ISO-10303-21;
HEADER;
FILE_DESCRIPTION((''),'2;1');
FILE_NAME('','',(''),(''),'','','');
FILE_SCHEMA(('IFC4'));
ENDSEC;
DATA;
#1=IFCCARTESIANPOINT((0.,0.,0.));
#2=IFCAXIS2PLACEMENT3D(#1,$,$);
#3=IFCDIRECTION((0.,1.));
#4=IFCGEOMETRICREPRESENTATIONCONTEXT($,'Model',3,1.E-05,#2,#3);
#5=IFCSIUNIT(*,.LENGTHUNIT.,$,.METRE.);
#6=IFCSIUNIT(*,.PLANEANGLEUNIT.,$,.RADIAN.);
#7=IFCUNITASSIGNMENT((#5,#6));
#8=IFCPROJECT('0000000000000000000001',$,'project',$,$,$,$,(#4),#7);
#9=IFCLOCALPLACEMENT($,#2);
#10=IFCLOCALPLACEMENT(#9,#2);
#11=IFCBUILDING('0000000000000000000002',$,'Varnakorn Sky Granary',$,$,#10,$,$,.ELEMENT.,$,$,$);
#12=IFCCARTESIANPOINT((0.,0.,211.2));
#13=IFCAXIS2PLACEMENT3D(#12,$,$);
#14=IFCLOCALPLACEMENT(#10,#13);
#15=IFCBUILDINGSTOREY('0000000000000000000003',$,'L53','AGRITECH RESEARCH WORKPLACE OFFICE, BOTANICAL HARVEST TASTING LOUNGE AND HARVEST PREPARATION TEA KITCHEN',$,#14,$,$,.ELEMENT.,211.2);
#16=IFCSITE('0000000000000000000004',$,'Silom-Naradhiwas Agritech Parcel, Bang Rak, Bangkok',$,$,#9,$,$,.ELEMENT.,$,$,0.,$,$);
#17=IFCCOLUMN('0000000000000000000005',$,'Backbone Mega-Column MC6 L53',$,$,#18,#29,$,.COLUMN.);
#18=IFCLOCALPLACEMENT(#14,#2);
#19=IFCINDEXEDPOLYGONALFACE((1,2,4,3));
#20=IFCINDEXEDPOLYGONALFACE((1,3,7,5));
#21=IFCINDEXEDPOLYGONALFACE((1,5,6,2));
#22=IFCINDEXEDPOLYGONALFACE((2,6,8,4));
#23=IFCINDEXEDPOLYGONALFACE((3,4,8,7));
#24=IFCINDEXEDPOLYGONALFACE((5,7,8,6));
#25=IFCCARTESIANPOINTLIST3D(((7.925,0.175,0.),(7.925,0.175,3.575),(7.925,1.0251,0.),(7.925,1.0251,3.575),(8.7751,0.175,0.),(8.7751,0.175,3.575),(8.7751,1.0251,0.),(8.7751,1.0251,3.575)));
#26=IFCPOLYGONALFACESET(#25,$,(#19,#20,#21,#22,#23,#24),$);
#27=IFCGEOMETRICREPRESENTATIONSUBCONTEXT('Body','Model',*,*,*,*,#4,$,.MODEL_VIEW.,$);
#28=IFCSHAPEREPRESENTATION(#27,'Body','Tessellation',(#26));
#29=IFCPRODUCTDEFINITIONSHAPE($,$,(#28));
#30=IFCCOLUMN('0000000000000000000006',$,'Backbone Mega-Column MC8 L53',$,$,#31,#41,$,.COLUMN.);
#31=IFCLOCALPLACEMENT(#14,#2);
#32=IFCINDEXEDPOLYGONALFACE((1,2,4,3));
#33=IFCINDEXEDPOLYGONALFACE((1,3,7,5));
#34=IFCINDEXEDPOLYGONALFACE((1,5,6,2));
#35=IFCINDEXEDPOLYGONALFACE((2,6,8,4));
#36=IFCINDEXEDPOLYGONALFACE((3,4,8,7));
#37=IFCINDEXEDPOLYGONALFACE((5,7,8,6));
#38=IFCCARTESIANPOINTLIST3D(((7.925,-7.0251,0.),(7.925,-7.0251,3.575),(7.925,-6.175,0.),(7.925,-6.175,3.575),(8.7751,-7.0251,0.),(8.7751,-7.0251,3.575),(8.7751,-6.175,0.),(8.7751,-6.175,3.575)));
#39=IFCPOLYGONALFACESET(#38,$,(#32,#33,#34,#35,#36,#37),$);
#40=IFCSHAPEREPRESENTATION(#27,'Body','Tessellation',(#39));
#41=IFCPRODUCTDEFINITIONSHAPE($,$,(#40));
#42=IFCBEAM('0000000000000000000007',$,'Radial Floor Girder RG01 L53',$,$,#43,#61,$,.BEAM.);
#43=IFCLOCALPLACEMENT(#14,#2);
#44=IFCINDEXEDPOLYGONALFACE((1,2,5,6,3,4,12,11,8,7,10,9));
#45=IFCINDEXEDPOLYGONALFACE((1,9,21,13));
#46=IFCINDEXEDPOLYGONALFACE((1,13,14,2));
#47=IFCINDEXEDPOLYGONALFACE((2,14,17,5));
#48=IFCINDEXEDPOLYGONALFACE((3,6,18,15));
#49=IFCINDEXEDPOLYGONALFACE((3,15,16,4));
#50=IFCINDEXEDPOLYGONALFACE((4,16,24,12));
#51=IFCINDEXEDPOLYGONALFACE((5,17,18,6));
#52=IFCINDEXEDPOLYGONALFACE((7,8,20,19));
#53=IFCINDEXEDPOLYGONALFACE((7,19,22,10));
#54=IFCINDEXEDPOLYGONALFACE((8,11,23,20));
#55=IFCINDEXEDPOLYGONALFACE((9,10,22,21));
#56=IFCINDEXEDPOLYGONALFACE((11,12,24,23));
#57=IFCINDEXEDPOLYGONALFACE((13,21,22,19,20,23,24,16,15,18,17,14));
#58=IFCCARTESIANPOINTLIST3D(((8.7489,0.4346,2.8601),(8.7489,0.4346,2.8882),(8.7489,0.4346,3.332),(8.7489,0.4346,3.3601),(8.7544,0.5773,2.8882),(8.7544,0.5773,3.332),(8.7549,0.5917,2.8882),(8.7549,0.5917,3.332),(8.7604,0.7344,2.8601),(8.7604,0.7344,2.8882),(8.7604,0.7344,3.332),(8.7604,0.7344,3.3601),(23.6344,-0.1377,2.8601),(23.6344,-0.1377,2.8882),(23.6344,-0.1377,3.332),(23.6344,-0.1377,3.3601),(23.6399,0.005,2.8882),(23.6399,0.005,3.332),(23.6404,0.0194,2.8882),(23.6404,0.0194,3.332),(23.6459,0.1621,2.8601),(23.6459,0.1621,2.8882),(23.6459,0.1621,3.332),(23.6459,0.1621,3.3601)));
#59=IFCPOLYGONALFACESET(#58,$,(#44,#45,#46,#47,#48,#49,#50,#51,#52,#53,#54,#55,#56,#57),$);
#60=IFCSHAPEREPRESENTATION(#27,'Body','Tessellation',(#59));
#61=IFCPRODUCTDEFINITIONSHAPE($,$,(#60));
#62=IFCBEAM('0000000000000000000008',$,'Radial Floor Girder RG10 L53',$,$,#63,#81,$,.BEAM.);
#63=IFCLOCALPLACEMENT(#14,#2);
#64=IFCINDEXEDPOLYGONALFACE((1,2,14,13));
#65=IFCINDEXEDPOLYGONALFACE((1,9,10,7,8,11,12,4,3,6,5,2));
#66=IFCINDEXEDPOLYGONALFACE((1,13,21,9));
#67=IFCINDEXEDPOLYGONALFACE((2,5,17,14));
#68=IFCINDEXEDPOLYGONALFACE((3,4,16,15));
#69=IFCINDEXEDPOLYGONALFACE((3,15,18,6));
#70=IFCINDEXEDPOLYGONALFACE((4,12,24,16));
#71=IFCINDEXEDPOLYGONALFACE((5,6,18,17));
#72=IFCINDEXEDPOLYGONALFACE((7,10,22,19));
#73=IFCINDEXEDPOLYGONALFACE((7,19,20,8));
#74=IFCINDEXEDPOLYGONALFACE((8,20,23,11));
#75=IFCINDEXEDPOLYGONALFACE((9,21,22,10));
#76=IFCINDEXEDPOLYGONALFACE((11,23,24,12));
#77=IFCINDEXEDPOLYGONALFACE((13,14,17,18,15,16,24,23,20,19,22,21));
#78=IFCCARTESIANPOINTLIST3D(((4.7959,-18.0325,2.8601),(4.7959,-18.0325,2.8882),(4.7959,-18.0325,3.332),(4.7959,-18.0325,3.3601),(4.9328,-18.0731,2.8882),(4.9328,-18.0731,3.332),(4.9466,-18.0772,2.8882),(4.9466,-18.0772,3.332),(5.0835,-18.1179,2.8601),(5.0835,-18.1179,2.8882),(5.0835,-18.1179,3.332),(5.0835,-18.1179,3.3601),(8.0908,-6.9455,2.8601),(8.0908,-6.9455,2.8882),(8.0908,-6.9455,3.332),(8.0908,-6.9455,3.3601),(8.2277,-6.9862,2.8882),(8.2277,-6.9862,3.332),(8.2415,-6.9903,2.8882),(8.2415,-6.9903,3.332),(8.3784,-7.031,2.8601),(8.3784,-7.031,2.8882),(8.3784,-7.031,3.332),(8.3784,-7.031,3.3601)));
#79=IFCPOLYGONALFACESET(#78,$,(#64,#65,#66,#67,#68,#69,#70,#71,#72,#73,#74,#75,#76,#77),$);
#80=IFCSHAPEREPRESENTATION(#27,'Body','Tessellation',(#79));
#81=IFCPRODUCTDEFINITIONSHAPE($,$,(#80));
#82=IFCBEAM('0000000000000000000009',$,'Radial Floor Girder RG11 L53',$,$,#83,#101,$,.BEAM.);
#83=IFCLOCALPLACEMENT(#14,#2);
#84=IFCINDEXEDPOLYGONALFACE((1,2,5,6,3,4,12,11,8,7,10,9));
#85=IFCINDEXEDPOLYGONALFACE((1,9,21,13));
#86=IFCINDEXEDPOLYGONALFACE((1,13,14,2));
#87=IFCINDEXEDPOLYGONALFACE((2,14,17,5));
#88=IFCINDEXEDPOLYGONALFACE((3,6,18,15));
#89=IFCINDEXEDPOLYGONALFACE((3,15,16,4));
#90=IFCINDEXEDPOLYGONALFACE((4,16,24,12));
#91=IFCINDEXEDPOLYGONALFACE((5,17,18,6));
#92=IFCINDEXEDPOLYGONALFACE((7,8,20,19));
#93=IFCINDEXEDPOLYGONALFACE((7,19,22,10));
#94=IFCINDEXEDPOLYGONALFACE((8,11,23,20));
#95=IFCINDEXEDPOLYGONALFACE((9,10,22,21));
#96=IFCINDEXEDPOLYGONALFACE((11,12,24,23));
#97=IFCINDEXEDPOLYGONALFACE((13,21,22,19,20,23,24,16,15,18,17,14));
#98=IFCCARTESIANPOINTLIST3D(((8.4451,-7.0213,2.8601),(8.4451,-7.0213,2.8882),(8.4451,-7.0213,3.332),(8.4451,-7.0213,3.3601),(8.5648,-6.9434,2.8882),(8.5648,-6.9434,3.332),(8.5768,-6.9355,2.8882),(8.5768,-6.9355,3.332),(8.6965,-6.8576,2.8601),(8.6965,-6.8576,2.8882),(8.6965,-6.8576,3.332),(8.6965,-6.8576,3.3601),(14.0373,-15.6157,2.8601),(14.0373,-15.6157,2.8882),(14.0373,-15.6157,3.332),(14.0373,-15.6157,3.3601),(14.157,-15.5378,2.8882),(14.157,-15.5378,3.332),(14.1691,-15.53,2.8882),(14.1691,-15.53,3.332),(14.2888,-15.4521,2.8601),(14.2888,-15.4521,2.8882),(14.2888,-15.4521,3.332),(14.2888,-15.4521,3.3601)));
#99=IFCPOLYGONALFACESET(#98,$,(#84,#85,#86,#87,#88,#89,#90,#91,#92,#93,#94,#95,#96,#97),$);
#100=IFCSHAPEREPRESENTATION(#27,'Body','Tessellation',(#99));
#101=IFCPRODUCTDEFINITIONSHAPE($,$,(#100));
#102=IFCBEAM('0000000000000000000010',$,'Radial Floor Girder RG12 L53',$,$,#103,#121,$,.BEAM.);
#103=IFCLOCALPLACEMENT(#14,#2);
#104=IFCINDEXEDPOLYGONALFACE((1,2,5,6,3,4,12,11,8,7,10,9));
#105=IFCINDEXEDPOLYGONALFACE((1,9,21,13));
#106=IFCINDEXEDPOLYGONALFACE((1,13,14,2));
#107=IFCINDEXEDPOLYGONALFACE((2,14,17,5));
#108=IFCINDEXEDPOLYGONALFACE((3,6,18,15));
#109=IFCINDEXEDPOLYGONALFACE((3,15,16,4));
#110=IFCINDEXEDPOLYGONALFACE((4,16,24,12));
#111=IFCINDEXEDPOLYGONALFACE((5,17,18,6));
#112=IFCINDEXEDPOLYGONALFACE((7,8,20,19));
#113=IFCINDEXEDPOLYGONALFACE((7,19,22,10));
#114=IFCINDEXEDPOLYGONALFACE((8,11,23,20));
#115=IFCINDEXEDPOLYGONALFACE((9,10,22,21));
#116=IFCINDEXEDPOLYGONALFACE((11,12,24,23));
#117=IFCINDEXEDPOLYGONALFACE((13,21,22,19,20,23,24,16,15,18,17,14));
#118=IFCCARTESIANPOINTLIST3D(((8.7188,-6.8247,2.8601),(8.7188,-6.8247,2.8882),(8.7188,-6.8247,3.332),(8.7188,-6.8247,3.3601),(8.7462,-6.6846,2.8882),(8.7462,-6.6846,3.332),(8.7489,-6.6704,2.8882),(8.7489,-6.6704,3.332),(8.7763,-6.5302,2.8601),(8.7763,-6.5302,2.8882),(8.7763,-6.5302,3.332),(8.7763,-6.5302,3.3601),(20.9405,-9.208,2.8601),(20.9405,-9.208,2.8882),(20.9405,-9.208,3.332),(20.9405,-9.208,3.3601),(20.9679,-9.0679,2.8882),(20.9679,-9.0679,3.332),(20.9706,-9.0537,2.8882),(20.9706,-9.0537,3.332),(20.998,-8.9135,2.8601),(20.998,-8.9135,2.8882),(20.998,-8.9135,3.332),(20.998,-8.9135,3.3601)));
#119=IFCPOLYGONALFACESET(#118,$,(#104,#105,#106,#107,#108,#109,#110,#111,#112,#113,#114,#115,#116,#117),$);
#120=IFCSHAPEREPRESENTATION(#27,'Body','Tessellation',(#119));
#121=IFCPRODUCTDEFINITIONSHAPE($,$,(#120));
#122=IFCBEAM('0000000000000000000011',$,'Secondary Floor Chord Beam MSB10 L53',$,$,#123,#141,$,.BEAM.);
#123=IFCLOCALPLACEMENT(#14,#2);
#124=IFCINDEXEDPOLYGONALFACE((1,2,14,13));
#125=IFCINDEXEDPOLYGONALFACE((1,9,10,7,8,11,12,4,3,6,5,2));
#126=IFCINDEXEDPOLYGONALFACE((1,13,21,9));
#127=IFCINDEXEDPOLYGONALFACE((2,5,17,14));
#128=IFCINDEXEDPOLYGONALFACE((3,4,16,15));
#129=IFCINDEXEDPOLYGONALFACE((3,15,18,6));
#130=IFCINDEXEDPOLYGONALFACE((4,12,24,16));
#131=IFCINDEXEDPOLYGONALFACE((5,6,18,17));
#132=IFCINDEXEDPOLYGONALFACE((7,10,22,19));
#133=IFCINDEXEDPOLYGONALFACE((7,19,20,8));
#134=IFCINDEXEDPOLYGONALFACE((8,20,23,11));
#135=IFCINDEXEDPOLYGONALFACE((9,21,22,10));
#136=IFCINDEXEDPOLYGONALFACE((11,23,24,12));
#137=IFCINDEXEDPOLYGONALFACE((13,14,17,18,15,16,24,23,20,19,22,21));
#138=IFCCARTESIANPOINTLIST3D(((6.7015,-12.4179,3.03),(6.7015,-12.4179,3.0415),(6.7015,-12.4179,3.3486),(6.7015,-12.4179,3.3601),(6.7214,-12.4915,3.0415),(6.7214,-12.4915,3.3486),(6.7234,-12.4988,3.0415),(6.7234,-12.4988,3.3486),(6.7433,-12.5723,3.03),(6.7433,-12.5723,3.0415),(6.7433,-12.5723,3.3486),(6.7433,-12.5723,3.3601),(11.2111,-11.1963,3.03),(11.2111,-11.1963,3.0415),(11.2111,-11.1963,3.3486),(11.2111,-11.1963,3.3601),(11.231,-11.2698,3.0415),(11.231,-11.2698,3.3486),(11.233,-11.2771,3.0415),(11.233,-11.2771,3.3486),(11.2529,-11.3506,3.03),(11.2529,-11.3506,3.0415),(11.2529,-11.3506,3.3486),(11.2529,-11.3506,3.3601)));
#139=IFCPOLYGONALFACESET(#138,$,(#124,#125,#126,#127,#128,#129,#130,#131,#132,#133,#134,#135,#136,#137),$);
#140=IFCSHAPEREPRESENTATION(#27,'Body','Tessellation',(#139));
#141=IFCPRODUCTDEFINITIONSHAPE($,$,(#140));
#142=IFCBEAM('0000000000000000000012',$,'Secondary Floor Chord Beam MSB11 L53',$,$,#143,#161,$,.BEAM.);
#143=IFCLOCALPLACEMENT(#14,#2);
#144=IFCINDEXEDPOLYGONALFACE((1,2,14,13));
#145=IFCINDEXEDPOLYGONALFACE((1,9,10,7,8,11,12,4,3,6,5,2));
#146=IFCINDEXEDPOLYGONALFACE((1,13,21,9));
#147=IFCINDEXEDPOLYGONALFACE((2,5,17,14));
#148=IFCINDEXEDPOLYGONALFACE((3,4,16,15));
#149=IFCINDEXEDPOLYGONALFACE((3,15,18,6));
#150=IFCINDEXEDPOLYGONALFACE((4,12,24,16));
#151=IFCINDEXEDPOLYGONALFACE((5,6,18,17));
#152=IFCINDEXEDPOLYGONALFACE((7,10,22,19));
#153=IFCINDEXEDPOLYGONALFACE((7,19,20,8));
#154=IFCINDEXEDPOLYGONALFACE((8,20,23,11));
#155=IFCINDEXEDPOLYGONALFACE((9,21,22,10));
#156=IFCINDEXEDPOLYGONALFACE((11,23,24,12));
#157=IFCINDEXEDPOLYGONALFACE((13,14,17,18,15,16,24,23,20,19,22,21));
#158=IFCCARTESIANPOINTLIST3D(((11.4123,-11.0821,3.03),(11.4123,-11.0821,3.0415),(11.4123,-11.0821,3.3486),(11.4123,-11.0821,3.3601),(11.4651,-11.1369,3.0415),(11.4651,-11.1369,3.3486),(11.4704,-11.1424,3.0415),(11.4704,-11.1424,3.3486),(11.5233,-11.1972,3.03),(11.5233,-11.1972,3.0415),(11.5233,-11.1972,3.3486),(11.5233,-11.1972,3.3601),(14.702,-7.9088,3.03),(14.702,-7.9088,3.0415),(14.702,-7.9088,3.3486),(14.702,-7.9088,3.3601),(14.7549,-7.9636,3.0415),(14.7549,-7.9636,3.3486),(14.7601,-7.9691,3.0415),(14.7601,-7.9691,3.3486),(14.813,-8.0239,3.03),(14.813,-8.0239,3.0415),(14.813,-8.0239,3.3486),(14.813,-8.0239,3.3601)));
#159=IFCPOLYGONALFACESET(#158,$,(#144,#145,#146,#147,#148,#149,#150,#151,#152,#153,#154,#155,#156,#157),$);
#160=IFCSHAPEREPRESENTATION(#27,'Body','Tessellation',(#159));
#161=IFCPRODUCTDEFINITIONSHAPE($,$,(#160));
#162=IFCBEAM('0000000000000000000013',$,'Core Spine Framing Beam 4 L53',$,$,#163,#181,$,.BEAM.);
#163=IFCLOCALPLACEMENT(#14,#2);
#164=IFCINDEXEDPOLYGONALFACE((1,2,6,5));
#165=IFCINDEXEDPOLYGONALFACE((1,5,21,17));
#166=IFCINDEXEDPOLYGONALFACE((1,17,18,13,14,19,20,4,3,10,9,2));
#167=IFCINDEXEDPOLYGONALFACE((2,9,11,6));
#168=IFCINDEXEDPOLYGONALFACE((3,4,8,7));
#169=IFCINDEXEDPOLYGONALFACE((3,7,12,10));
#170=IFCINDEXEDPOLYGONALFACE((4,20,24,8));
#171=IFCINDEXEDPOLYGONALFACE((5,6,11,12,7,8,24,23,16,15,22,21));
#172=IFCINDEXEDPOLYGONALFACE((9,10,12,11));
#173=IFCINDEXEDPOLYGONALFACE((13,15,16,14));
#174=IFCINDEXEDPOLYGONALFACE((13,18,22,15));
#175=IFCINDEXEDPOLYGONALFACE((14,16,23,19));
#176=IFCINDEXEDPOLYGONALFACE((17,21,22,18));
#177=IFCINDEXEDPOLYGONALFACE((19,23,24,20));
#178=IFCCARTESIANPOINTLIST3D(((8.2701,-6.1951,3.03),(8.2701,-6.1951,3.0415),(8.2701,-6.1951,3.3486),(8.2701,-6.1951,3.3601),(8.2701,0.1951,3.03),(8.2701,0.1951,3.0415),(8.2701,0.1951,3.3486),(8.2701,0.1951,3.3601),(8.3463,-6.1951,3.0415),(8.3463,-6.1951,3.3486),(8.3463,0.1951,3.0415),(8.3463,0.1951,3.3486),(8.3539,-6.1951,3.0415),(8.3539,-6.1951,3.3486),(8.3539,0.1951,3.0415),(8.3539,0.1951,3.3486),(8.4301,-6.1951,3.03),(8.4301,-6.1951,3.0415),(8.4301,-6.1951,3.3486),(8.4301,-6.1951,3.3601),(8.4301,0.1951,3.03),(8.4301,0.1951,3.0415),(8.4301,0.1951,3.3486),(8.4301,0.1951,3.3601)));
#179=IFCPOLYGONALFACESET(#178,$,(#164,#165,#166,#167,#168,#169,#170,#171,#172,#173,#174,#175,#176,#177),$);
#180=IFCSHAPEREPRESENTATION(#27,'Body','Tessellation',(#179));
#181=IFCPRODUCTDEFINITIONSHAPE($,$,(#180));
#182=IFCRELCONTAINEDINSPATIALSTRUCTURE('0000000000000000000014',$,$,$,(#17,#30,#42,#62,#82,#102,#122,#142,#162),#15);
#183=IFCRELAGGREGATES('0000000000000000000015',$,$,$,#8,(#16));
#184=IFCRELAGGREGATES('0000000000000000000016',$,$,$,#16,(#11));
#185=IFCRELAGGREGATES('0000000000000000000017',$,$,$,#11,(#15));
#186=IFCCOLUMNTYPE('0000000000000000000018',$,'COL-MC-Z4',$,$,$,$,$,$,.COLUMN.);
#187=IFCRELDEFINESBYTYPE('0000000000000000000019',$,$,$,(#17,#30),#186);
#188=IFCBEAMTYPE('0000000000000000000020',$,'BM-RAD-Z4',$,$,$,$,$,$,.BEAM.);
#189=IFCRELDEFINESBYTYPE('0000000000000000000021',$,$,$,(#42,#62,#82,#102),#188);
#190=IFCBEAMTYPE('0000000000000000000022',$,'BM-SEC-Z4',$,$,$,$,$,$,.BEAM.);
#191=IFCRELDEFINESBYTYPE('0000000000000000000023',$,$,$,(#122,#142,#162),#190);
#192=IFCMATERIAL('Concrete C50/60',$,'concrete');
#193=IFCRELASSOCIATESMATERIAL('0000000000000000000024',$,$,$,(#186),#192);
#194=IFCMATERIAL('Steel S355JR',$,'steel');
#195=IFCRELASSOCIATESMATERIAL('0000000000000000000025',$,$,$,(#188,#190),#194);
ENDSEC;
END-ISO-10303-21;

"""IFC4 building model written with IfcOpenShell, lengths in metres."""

from ifc_helpers import new_model, si_unit, direction, frame, origin, origin_2d, place, context, subcontext, project, spatial, rectangle, i_section, extrude, material, material_profile, profile_set, type_object, element, save


model = new_model("IFC4")

# Units and contexts
model_context = context("Model", 3, precision=1e-05, world=origin(), true_north=direction((0.0, 1.0)))
body_context = subcontext(model_context, "Body", "Model", "MODEL_VIEW")
ifc_project = project(units=[si_unit("LENGTHUNIT", "METRE"), si_unit("PLANEANGLEUNIT", "RADIAN")], contexts=[model_context])

# Site, building, storey
site_placement = place(None, origin())
site = spatial("IfcSite", under=ifc_project, at=site_placement, Name="Silom-Naradhiwas Agritech Parcel, Bang Rak, Bangkok", CompositionType="ELEMENT", RefElevation=0.0)
building_placement = place(site_placement, origin())
building = spatial("IfcBuilding", under=site, at=building_placement, Name="Varnakorn Sky Granary", CompositionType="ELEMENT")
storey_placement = place(building_placement, frame((0.0, 0.0, 211.2)))
storey = spatial("IfcBuildingStorey", under=building, at=storey_placement, Name="L53", Description="AGRITECH RESEARCH WORKPLACE OFFICE, BOTANICAL HARVEST TASTING LOUNGE AND HARVEST PREPARATION TEA KITCHEN", CompositionType="ELEMENT", Elevation=211.2)

# Columns
ifc_material_1 = material(Name="Concrete C50/60", Category="concrete")
ifc_material_profile_1 = material_profile(ifc_material_1, rectangle(XDim=0.8501, YDim=0.8501, at=origin_2d()), Name="RC 850x850")
ifc_profile_set_1 = profile_set([ifc_material_profile_1], Name="Concrete C50/60")
column_type = type_object("IfcColumnType", Name="COL-MC-Z4", PredefinedType="COLUMN", material=ifc_profile_set_1)
for number, where, z_axis, x_axis, name in (
    (1, (8.3501, 0.6001, 0.0), (0.0, 0.0, 1.0), (1.0, 0.0, 0.0), "Backbone Mega-Column MC6 L53"),
    (2, (8.3501, -6.6001, 0.0), (0.0, 0.0, 1.0), (1.0, 0.0, 0.0), "Backbone Mega-Column MC8 L53"),
):
    element("IfcColumn", number, at=place(storey_placement, frame(where, z_axis=z_axis, x_axis=x_axis)), inside=storey, type_object=column_type, Name=name, PredefinedType="COLUMN", context=body_context, shape_type="SweptSolid", body=[
        extrude(rectangle(XDim=0.8501, YDim=0.8501, at=origin_2d()), origin(), (0.0, 0.0, 1.0), 3.575),
    ])

# Beams
ifc_material_2 = material(Name="Steel S355JR", Category="steel")
ifc_material_profile_2 = material_profile(ifc_material_2, i_section(OverallWidth=0.3, OverallDepth=0.5, WebThickness=0.0144, FlangeThickness=0.0281, at=origin_2d()), Name="HE 500 B")
ifc_profile_set_2 = profile_set([ifc_material_profile_2], Name="Steel S355JR")
beam_type_1 = type_object("IfcBeamType", Name="BM-RAD-Z4", PredefinedType="BEAM", material=ifc_profile_set_2)
beam_1_placement = place(storey_placement, frame((8.7546, 0.5845, 3.1101), z_axis=(0.999262, -0.038416, 0.0), x_axis=(0.038416, 0.999262, 0.0)))
element("IfcBeam", 3, at=beam_1_placement, inside=storey, type_object=beam_type_1, Name="Radial Floor Girder RG01 L53", PredefinedType="BEAM", context=body_context, shape_type="SweptSolid", body=[
    extrude(i_section(OverallWidth=0.3, OverallDepth=0.5, WebThickness=0.0144, FlangeThickness=0.0281, at=origin_2d()), origin(), (0.0, 0.0, 1.0), 14.8965),
])
beam_2_placement = place(storey_placement, frame((8.2346, -6.9883, 3.1101), z_axis=(-0.284876, -0.958564, 0.0), x_axis=(0.958564, -0.284876, 0.0)))
element("IfcBeam", 4, at=beam_2_placement, inside=storey, type_object=beam_type_1, Name="Radial Floor Girder RG10 L53", PredefinedType="BEAM", context=body_context, shape_type="SweptSolid", body=[
    extrude(i_section(OverallWidth=0.3, OverallDepth=0.5, WebThickness=0.0144, FlangeThickness=0.0281, at=origin_2d()), origin(), (0.0, 0.0, 1.0), 11.5662),
])
beam_3_placement = place(storey_placement, frame((8.5708, -6.9395, 3.1101), z_axis=(0.545391, -0.838182, 0.0), x_axis=(0.838182, 0.545391, 0.0)))
element("IfcBeam", 5, at=beam_3_placement, inside=storey, type_object=beam_type_1, Name="Radial Floor Girder RG11 L53", PredefinedType="BEAM", context=body_context, shape_type="SweptSolid", body=[
    extrude(i_section(OverallWidth=0.3, OverallDepth=0.5, WebThickness=0.0144, FlangeThickness=0.0281, at=origin_2d()), origin(), (0.0, 0.0, 1.0), 10.2537),
])
beam_4_placement = place(storey_placement, frame((8.7476, -6.6775, 3.1101), z_axis=(0.981512, -0.191401, 0.0), x_axis=(0.191401, 0.981512, 0.0)))
element("IfcBeam", 6, at=beam_4_placement, inside=storey, type_object=beam_type_1, Name="Radial Floor Girder RG12 L53", PredefinedType="BEAM", context=body_context, shape_type="SweptSolid", body=[
    extrude(i_section(OverallWidth=0.3, OverallDepth=0.5, WebThickness=0.0144, FlangeThickness=0.0281, at=origin_2d()), origin(), (0.0, 0.0, 1.0), 12.4519),
])
ifc_material_profile_3 = material_profile(ifc_material_2, i_section(OverallWidth=0.1599, OverallDepth=0.3301, WebThickness=0.0076, FlangeThickness=0.0115, at=origin_2d()), Name="IPE 330")
ifc_profile_set_3 = profile_set([ifc_material_profile_3], Name="Steel S355JR")
beam_type_2 = type_object("IfcBeamType", Name="BM-SEC-Z4", PredefinedType="BEAM", material=ifc_profile_set_3)
beam_5_placement = place(storey_placement, frame((6.7224, -12.4951, 3.1951), z_axis=(0.965207, 0.261485, 0.0), x_axis=(-0.261485, 0.965207, 0.0)))
element("IfcBeam", 7, at=beam_5_placement, inside=storey, type_object=beam_type_2, Name="Secondary Floor Chord Beam MSB10 L53", PredefinedType="BEAM", context=body_context, shape_type="SweptSolid", body=[
    extrude(i_section(OverallWidth=0.1599, OverallDepth=0.3301, WebThickness=0.0076, FlangeThickness=0.0115, at=origin_2d()), origin(), (0.0, 0.0, 1.0), 4.6721),
])
beam_6_placement = place(storey_placement, frame((11.4678, -11.1396, 3.1951), z_axis=(0.719731, 0.694253, 0.0), x_axis=(-0.694253, 0.719731, 0.0)))
element("IfcBeam", 8, at=beam_6_placement, inside=storey, type_object=beam_type_2, Name="Secondary Floor Chord Beam MSB11 L53", PredefinedType="BEAM", context=body_context, shape_type="SweptSolid", body=[
    extrude(i_section(OverallWidth=0.1599, OverallDepth=0.3301, WebThickness=0.0076, FlangeThickness=0.0115, at=origin_2d()), origin(), (0.0, 0.0, 1.0), 4.5708),
])
beam_7_placement = place(storey_placement, frame((8.3501, 0.1951, 3.1951), z_axis=(0.0, -1.0, 0.0), x_axis=(1.0, 0.0, 0.0)))
element("IfcBeam", 9, at=beam_7_placement, inside=storey, type_object=beam_type_2, Name="Core Spine Framing Beam 4 L53", PredefinedType="BEAM", context=body_context, shape_type="SweptSolid", body=[
    extrude(i_section(OverallWidth=0.1599, OverallDepth=0.3301, WebThickness=0.0076, FlangeThickness=0.0115, at=origin_2d()), origin(), (0.0, 0.0, 1.0), 6.3901),
])

save(model, "model.ifc")
